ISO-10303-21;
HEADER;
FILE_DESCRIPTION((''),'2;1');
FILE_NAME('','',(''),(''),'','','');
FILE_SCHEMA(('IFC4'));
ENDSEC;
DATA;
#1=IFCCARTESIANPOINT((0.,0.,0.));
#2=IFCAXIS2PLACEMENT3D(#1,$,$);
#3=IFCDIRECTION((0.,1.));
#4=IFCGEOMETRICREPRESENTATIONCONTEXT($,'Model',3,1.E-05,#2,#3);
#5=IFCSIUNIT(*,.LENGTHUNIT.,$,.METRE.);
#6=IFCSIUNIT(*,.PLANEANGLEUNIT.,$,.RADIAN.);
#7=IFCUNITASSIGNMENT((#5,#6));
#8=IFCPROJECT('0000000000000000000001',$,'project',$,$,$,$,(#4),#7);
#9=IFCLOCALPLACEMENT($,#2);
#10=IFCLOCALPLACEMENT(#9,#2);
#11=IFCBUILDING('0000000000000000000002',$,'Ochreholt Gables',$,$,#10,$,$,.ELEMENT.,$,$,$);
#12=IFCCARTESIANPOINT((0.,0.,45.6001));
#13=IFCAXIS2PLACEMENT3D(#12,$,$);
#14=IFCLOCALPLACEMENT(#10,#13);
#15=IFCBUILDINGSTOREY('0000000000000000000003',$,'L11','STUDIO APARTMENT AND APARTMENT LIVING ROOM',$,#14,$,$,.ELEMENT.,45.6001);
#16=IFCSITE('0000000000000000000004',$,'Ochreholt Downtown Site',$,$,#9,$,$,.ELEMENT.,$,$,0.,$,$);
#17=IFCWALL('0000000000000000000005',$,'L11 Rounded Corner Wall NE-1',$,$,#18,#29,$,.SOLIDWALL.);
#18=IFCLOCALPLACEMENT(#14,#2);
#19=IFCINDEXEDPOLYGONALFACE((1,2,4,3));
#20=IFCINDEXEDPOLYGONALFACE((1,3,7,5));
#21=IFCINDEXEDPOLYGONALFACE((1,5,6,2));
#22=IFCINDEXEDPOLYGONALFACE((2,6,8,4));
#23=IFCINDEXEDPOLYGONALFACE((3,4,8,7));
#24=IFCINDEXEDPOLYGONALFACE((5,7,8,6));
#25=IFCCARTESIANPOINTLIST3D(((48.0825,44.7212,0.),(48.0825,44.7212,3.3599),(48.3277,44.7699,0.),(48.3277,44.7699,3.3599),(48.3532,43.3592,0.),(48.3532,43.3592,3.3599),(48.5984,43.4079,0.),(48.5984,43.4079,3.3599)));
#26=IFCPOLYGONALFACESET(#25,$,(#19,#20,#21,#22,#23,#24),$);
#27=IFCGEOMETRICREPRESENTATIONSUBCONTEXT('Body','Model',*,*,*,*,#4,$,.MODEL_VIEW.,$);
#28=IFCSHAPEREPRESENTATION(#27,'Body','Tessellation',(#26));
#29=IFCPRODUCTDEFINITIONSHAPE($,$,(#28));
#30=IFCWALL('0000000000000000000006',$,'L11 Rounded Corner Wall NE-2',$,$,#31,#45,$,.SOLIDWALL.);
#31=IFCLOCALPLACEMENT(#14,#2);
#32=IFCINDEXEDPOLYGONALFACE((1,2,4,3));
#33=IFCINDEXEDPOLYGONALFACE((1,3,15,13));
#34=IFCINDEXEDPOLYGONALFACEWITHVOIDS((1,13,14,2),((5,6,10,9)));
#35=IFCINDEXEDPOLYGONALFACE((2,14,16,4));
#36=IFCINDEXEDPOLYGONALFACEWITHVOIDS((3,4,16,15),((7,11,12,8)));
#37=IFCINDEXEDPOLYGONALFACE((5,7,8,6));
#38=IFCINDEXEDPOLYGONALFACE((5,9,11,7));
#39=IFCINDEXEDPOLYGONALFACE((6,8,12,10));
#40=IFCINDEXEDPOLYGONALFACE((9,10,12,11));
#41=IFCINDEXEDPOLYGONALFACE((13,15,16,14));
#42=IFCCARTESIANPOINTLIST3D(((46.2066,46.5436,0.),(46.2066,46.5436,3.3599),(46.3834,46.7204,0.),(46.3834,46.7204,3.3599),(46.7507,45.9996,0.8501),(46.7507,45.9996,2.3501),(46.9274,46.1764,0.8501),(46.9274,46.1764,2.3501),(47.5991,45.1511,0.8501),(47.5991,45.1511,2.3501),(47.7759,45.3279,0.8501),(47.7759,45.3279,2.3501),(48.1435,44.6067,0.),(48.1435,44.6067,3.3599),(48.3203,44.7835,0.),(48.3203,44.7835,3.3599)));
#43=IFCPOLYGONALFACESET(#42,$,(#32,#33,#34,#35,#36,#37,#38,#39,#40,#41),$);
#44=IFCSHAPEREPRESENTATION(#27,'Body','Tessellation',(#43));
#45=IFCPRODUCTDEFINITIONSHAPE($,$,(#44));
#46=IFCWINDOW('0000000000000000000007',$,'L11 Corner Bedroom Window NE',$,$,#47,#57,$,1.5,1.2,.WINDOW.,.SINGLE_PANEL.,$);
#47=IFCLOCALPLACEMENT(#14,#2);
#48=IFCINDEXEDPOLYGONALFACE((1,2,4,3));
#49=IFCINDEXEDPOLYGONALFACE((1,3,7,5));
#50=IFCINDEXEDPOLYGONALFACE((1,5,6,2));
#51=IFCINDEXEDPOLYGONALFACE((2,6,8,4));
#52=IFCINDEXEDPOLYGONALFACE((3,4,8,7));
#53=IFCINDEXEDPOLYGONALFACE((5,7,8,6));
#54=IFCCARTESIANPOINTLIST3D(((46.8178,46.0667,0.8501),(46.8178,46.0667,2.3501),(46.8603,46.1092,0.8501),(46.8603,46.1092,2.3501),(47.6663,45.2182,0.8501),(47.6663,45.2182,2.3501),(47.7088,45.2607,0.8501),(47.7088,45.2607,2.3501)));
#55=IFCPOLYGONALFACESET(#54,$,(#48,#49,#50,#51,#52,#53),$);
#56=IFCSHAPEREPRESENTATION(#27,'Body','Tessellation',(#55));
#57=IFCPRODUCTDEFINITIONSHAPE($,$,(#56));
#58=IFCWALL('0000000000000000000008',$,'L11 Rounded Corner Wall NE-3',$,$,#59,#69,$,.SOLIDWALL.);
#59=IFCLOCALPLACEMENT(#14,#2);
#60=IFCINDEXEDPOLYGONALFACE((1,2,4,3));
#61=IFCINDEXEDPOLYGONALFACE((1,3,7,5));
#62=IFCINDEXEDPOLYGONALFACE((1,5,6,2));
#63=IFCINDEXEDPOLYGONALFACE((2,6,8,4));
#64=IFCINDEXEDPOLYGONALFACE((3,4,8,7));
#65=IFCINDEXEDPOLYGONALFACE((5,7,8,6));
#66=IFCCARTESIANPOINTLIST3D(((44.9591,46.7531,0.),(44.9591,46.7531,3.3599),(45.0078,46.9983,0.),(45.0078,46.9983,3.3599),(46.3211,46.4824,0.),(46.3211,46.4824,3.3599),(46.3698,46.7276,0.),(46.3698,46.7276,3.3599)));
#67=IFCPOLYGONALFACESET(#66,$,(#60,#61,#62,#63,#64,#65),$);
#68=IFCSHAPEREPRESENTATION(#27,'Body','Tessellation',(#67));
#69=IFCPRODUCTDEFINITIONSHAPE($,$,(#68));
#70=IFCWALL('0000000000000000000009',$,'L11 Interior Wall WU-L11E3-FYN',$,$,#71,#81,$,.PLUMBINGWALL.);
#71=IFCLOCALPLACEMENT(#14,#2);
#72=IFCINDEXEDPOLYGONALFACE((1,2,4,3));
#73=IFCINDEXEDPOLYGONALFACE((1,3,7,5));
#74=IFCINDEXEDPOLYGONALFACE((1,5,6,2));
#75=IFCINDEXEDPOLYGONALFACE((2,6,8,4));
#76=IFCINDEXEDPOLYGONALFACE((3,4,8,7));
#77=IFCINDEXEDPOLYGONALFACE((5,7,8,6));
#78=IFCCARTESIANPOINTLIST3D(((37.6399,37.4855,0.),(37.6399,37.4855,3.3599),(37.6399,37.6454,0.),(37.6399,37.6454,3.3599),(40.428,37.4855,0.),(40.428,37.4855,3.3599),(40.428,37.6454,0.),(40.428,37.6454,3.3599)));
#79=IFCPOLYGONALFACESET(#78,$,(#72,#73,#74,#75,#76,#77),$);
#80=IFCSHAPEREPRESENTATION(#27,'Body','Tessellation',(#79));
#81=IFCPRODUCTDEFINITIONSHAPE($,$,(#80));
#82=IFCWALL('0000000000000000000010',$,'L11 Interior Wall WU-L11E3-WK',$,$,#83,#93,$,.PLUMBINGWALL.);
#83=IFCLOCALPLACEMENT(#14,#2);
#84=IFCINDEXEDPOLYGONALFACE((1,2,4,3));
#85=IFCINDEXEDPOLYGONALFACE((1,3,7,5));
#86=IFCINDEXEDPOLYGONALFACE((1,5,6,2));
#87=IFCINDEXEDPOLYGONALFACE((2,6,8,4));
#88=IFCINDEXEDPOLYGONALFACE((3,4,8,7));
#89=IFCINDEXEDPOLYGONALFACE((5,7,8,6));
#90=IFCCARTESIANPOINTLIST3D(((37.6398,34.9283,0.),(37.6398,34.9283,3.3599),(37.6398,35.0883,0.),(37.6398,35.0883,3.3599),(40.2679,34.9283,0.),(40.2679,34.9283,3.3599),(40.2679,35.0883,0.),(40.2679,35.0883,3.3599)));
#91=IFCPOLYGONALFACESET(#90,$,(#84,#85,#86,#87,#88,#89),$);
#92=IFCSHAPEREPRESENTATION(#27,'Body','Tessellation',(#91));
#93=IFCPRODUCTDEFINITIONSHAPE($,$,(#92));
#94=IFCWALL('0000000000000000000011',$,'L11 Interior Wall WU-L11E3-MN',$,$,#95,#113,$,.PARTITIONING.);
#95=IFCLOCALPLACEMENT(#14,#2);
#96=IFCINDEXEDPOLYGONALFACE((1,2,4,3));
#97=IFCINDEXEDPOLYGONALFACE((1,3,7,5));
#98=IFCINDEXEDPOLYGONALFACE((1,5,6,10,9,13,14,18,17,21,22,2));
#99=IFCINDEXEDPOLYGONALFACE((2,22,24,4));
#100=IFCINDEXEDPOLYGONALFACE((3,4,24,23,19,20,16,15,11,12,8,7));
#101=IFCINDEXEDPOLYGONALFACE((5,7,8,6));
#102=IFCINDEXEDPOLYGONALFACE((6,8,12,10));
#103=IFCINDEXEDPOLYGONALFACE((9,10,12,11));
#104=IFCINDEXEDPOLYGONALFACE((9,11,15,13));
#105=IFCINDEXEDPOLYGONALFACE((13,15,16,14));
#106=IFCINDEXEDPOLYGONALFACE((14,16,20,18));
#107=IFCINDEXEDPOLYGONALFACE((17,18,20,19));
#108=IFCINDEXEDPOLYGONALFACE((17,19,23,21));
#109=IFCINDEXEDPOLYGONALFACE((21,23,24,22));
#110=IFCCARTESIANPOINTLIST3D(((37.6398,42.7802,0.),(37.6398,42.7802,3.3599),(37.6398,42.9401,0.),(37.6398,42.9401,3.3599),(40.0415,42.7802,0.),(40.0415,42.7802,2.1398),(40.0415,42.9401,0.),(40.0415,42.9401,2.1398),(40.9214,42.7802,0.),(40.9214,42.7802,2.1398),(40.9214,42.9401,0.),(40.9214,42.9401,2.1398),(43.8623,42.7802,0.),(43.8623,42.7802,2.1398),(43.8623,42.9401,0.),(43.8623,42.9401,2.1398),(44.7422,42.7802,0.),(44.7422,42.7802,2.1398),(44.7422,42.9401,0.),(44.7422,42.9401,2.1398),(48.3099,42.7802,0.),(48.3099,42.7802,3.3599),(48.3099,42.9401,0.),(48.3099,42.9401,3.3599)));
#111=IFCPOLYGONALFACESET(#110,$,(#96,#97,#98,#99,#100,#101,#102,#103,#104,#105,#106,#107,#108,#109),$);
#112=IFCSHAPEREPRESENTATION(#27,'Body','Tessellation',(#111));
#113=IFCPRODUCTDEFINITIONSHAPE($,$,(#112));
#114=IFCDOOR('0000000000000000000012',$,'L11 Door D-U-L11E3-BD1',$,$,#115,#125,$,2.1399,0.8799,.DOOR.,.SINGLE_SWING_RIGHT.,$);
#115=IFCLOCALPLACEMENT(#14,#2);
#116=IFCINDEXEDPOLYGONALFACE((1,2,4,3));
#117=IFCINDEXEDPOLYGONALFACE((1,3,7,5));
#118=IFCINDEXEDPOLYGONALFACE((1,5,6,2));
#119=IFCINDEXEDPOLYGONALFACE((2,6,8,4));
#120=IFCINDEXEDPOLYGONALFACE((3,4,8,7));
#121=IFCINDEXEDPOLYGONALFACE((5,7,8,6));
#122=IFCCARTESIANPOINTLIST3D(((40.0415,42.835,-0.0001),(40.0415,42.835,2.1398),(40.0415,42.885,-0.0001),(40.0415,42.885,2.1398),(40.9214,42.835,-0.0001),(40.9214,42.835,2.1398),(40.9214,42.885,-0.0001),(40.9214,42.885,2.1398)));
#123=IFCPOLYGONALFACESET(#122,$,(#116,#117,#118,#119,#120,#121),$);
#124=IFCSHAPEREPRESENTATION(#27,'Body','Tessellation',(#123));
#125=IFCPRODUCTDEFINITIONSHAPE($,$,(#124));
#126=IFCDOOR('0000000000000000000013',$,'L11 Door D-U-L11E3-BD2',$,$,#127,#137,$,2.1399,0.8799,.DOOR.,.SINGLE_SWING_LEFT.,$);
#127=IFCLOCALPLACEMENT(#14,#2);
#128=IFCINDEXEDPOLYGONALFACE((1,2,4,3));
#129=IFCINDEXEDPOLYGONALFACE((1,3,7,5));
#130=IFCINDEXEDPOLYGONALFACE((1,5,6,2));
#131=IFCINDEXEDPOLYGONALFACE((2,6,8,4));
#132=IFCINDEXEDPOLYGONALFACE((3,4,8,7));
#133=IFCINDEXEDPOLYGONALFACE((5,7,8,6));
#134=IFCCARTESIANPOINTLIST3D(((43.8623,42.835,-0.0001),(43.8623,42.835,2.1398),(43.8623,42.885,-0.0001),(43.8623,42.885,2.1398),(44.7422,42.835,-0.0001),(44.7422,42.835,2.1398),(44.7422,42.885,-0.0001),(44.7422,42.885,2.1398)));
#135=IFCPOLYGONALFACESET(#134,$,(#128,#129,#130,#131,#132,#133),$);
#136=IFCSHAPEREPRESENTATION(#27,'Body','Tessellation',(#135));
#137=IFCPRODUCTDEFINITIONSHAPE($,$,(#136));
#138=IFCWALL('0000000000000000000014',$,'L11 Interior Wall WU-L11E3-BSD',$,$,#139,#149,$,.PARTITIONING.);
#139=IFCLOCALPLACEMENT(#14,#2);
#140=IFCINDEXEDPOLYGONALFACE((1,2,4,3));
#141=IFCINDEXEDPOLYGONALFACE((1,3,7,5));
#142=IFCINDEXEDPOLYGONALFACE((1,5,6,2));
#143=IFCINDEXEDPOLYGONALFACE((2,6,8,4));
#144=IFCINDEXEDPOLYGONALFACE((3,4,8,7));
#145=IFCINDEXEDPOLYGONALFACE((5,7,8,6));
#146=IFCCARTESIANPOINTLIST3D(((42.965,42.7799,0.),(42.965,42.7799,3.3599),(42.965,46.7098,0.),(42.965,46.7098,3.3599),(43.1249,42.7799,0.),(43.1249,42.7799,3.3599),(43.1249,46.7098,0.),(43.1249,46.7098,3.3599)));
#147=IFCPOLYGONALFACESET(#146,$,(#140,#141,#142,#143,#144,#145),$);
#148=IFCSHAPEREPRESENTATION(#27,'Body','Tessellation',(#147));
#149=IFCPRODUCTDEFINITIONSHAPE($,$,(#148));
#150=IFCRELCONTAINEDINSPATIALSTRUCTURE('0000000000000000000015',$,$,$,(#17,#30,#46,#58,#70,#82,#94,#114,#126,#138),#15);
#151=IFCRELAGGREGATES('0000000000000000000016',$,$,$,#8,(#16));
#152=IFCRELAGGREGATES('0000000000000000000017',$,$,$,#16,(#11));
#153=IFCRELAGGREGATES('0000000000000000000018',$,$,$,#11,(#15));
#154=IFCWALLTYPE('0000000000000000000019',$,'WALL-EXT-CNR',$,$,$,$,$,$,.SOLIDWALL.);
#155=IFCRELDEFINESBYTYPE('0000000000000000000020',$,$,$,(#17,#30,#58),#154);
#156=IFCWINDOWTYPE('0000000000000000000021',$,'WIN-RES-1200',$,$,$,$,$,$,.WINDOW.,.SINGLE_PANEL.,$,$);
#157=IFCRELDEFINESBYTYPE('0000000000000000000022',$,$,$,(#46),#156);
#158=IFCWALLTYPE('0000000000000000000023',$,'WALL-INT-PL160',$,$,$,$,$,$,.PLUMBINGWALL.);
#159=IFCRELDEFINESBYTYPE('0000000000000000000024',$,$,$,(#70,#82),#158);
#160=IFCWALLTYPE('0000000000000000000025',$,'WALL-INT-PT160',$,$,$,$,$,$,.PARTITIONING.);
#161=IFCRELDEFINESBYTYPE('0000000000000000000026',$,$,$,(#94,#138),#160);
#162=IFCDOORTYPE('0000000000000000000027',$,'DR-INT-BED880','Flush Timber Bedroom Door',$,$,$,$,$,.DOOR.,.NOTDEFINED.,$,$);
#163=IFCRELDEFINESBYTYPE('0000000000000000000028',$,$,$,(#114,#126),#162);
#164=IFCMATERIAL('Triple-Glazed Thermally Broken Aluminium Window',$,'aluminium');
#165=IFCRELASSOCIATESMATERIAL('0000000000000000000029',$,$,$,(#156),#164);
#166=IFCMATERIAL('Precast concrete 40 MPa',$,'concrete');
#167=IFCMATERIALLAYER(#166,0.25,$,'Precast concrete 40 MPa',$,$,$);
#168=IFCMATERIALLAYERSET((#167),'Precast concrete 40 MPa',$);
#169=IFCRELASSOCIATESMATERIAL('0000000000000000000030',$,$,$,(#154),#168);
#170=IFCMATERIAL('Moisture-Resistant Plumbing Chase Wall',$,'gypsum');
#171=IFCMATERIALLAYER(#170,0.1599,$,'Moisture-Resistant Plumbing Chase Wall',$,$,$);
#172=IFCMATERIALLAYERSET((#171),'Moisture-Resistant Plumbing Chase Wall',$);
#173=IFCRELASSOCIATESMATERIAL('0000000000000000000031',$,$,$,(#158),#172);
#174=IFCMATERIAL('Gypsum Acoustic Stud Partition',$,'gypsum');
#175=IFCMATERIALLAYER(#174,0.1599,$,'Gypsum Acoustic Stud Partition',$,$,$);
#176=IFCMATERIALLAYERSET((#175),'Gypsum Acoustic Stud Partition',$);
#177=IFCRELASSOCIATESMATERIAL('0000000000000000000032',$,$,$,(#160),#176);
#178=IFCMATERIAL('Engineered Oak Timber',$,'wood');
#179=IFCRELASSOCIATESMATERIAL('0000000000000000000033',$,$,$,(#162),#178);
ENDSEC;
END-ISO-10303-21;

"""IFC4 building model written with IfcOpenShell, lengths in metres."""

from ifc_helpers import new_model, si_unit, direction, frame, frame_2d, origin, place, context, subcontext, project, spatial, rectangle, extrude, material, layer, layer_set, type_object, element, fill, save


model = new_model("IFC4")

# Units and contexts
model_context = context("Model", 3, precision=1e-05, world=origin(), true_north=direction((0.0, 1.0)))
body_context = subcontext(model_context, "Body", "Model", "MODEL_VIEW")
ifc_project = project(units=[si_unit("LENGTHUNIT", "METRE"), si_unit("PLANEANGLEUNIT", "RADIAN")], contexts=[model_context])

# Site, building, storey
site_placement = place(None, origin())
site = spatial("IfcSite", under=ifc_project, at=site_placement, Name="Ochreholt Downtown Site", CompositionType="ELEMENT", RefElevation=0.0)
building_placement = place(site_placement, origin())
building = spatial("IfcBuilding", under=site, at=building_placement, Name="Ochreholt Gables", CompositionType="ELEMENT")
storey_placement = place(building_placement, frame((0.0, 0.0, 45.6001)))
storey = spatial("IfcBuildingStorey", under=building, at=storey_placement, Name="L11", Description="STUDIO APARTMENT AND APARTMENT LIVING ROOM", CompositionType="ELEMENT", Elevation=45.6001)

# Shared definitions
ifc_material_1 = material(Name="Precast concrete 40 MPa", Category="concrete")
ifc_material_2 = material(Name="Triple-Glazed Thermally Broken Aluminium Window", Category="aluminium")
window_type_1 = type_object("IfcWindowType", Name="WIN-RES-1200", PartitioningType="SINGLE_PANEL", PredefinedType="WINDOW", material=ifc_material_2)

# Wall
ifc_layer_1 = layer(ifc_material_1, 0.25, Name="Precast concrete 40 MPa")
ifc_layer_set_1 = layer_set([ifc_layer_1], Name="Precast concrete 40 MPa")
wall_type_1 = type_object("IfcWallType", Name="WALL-EXT-CNR", PredefinedType="SOLIDWALL", material=ifc_layer_set_1)
wall_1_placement = place(storey_placement, frame((48.4758, 43.3835, 0.0), z_axis=(0.0, 0.0, 1.0), x_axis=(-0.194967, 0.98081, 0.0)))
element("IfcWall", 1, at=wall_1_placement, inside=storey, type_object=wall_type_1, Name="L11 Rounded Corner Wall NE-1", PredefinedType="SOLIDWALL", context=body_context, shape_type="SweptSolid", body=[
    extrude(rectangle(XDim=1.3887, YDim=0.25, at=frame_2d((0.6943, 0.0))), origin(), (0.0, 0.0, 1.0), 3.3599),
])

# Wall, opening, window
wall_2_placement = place(storey_placement, frame((48.2319, 44.6951, 0.0), z_axis=(0.0, 0.0, 1.0), x_axis=(-0.707107, 0.707107, 0.0)))
wall_2 = element("IfcWall", 2, at=wall_2_placement, inside=storey, type_object=wall_type_1, Name="L11 Rounded Corner Wall NE-2", PredefinedType="SOLIDWALL", context=body_context, shape_type="SweptSolid", body=[
    extrude(rectangle(XDim=2.7393, YDim=0.25, at=frame_2d((1.3696, 0.0))), origin(), (0.0, 0.0, 1.0), 3.3599),
])
opening_1_placement = place(wall_2_placement, frame((0.7698, 0.0, 0.8501)))
opening_1 = element("IfcOpeningElement", 3, at=opening_1_placement, cuts=wall_2, PredefinedType="OPENING", context=body_context, shape_type="SweptSolid", body=[
    extrude(rectangle(XDim=1.2, YDim=1.5, at=frame_2d((0.6001, 0.75))), frame((0.0, 0.135, 0.0), z_axis=(0.0, -1.0, 0.0), x_axis=(1.0, 0.0, 0.0)), (0.0, 0.0, 1.0), 0.27),
])
window_1_placement = place(opening_1_placement, origin())
window_1 = element("IfcWindow", 4, at=window_1_placement, inside=storey, type_object=window_type_1, Name="L11 Corner Bedroom Window NE", OverallHeight=1.5, OverallWidth=1.2, PartitioningType="SINGLE_PANEL", PredefinedType="WINDOW", context=body_context, shape_type="SweptSolid", body=[
    extrude(rectangle(XDim=1.2, YDim=1.5, at=frame_2d((0.6001, 0.75))), frame((0.0, 0.03, 0.0), z_axis=(0.0, -1.0, 0.0), x_axis=(1.0, 0.0, 0.0)), (0.0, 0.0, 1.0), 0.0601),
])
fill(opening_1, window_1)

# Walls
wall_3_placement = place(storey_placement, frame((46.3455, 46.605, 0.0), z_axis=(0.0, 0.0, 1.0), x_axis=(-0.98081, 0.194967, 0.0)))
element("IfcWall", 5, at=wall_3_placement, inside=storey, type_object=wall_type_1, Name="L11 Rounded Corner Wall NE-3", PredefinedType="SOLIDWALL", context=body_context, shape_type="SweptSolid", body=[
    extrude(rectangle(XDim=1.3887, YDim=0.25, at=frame_2d((0.6943, 0.0))), origin(), (0.0, 0.0, 1.0), 3.3599),
])
ifc_material_3 = material(Name="Moisture-Resistant Plumbing Chase Wall", Category="gypsum")
ifc_layer_2 = layer(ifc_material_3, 0.1599, Name="Moisture-Resistant Plumbing Chase Wall")
ifc_layer_set_2 = layer_set([ifc_layer_2], Name="Moisture-Resistant Plumbing Chase Wall")
wall_type_2 = type_object("IfcWallType", Name="WALL-INT-PL160", PredefinedType="PLUMBINGWALL", material=ifc_layer_set_2)
wall_4_placement = place(storey_placement, frame((37.6399, 37.5654, 0.0), z_axis=(0.0, 0.0, 1.0), x_axis=(1.0, 0.0, 0.0)))
element("IfcWall", 6, at=wall_4_placement, inside=storey, type_object=wall_type_2, Name="L11 Interior Wall WU-L11E3-FYN", PredefinedType="PLUMBINGWALL", context=body_context, shape_type="SweptSolid", body=[
    extrude(rectangle(XDim=2.7881, YDim=0.1599, at=frame_2d((1.394, 0.0))), origin(), (0.0, 0.0, 1.0), 3.3599),
])
wall_5_placement = place(storey_placement, frame((37.6399, 35.0083, 0.0), z_axis=(0.0, 0.0, 1.0), x_axis=(1.0, 0.0, 0.0)))
element("IfcWall", 7, at=wall_5_placement, inside=storey, type_object=wall_type_2, Name="L11 Interior Wall WU-L11E3-WK", PredefinedType="PLUMBINGWALL", context=body_context, shape_type="SweptSolid", body=[
    extrude(rectangle(XDim=2.6282, YDim=0.1599, at=frame_2d((1.314, 0.0))), origin(), (0.0, 0.0, 1.0), 3.3599),
])

# Wall, openings, doors
ifc_material_4 = material(Name="Gypsum Acoustic Stud Partition", Category="gypsum")
ifc_layer_3 = layer(ifc_material_4, 0.1599, Name="Gypsum Acoustic Stud Partition")
ifc_layer_set_3 = layer_set([ifc_layer_3], Name="Gypsum Acoustic Stud Partition")
wall_type_3 = type_object("IfcWallType", Name="WALL-INT-PT160", PredefinedType="PARTITIONING", material=ifc_layer_set_3)
wall_6_placement = place(storey_placement, frame((37.6399, 42.8601, 0.0), z_axis=(0.0, 0.0, 1.0), x_axis=(1.0, 0.0, 0.0)))
wall_6 = element("IfcWall", 8, at=wall_6_placement, inside=storey, type_object=wall_type_3, Name="L11 Interior Wall WU-L11E3-MN", PredefinedType="PARTITIONING", context=body_context, shape_type="SweptSolid", body=[
    extrude(rectangle(XDim=10.6702, YDim=0.1599, at=frame_2d((5.335, 0.0))), origin(), (0.0, 0.0, 1.0), 3.3599),
])
opening_2_placement = place(wall_6_placement, frame((2.4016, 0.0, 0.0)))
opening_2 = element("IfcOpeningElement", 9, at=opening_2_placement, cuts=wall_6, PredefinedType="OPENING", context=body_context, shape_type="SweptSolid", body=[
    extrude(rectangle(XDim=0.8799, YDim=2.1399, at=frame_2d((0.4399, 1.0698))), frame((0.0, 0.0898, 0.0), z_axis=(0.0, -1.0, 0.0), x_axis=(1.0, 0.0, 0.0)), (0.0, 0.0, 1.0), 0.1799),
])
opening_3_placement = place(wall_6_placement, frame((6.2224, 0.0, 0.0)))
opening_3 = element("IfcOpeningElement", 10, at=opening_3_placement, cuts=wall_6, PredefinedType="OPENING", context=body_context, shape_type="SweptSolid", body=[
    extrude(rectangle(XDim=0.8799, YDim=2.1399, at=frame_2d((0.4399, 1.0698))), frame((0.0, 0.0898, 0.0), z_axis=(0.0, -1.0, 0.0), x_axis=(1.0, 0.0, 0.0)), (0.0, 0.0, 1.0), 0.1799),
])
ifc_material_5 = material(Name="Engineered Oak Timber", Category="wood")
door_type = type_object("IfcDoorType", Name="DR-INT-BED880", Description="Flush Timber Bedroom Door", OperationType="NOTDEFINED", PredefinedType="DOOR", material=ifc_material_5)
door_1_placement = place(opening_2_placement, origin())
door_1 = element("IfcDoor", 11, at=door_1_placement, inside=storey, type_object=door_type, Name="L11 Door D-U-L11E3-BD1", OperationType="SINGLE_SWING_RIGHT", OverallHeight=2.1399, OverallWidth=0.8799, PredefinedType="DOOR", context=body_context, shape_type="SweptSolid", body=[
    extrude(rectangle(XDim=0.8799, YDim=2.1399, at=frame_2d((0.4399, 1.0698))), frame((0.0, 0.0249, 0.0), z_axis=(0.0, -1.0, 0.0), x_axis=(1.0, 0.0, 0.0)), (0.0, 0.0, 1.0), 0.05),
])
fill(opening_2, door_1)
door_2_placement = place(opening_3_placement, origin())
door_2 = element("IfcDoor", 12, at=door_2_placement, inside=storey, type_object=door_type, Name="L11 Door D-U-L11E3-BD2", OperationType="SINGLE_SWING_LEFT", OverallHeight=2.1399, OverallWidth=0.8799, PredefinedType="DOOR", context=body_context, shape_type="SweptSolid", body=[
    extrude(rectangle(XDim=0.8799, YDim=2.1399, at=frame_2d((0.4399, 1.0698))), frame((0.0, 0.0249, 0.0), z_axis=(0.0, -1.0, 0.0), x_axis=(1.0, 0.0, 0.0)), (0.0, 0.0, 1.0), 0.05),
])
fill(opening_3, door_2)

# Wall
wall_7_placement = place(storey_placement, frame((43.0449, 42.78, 0.0), z_axis=(0.0, 0.0, 1.0), x_axis=(0.0, 1.0, 0.0)))
element("IfcWall", 13, at=wall_7_placement, inside=storey, type_object=wall_type_3, Name="L11 Interior Wall WU-L11E3-BSD", PredefinedType="PARTITIONING", context=body_context, shape_type="SweptSolid", body=[
    extrude(rectangle(XDim=3.9299, YDim=0.1599, at=frame_2d((1.9648, 0.0))), origin(), (0.0, 0.0, 1.0), 3.3599),
])

save(model, "model.ifc")
